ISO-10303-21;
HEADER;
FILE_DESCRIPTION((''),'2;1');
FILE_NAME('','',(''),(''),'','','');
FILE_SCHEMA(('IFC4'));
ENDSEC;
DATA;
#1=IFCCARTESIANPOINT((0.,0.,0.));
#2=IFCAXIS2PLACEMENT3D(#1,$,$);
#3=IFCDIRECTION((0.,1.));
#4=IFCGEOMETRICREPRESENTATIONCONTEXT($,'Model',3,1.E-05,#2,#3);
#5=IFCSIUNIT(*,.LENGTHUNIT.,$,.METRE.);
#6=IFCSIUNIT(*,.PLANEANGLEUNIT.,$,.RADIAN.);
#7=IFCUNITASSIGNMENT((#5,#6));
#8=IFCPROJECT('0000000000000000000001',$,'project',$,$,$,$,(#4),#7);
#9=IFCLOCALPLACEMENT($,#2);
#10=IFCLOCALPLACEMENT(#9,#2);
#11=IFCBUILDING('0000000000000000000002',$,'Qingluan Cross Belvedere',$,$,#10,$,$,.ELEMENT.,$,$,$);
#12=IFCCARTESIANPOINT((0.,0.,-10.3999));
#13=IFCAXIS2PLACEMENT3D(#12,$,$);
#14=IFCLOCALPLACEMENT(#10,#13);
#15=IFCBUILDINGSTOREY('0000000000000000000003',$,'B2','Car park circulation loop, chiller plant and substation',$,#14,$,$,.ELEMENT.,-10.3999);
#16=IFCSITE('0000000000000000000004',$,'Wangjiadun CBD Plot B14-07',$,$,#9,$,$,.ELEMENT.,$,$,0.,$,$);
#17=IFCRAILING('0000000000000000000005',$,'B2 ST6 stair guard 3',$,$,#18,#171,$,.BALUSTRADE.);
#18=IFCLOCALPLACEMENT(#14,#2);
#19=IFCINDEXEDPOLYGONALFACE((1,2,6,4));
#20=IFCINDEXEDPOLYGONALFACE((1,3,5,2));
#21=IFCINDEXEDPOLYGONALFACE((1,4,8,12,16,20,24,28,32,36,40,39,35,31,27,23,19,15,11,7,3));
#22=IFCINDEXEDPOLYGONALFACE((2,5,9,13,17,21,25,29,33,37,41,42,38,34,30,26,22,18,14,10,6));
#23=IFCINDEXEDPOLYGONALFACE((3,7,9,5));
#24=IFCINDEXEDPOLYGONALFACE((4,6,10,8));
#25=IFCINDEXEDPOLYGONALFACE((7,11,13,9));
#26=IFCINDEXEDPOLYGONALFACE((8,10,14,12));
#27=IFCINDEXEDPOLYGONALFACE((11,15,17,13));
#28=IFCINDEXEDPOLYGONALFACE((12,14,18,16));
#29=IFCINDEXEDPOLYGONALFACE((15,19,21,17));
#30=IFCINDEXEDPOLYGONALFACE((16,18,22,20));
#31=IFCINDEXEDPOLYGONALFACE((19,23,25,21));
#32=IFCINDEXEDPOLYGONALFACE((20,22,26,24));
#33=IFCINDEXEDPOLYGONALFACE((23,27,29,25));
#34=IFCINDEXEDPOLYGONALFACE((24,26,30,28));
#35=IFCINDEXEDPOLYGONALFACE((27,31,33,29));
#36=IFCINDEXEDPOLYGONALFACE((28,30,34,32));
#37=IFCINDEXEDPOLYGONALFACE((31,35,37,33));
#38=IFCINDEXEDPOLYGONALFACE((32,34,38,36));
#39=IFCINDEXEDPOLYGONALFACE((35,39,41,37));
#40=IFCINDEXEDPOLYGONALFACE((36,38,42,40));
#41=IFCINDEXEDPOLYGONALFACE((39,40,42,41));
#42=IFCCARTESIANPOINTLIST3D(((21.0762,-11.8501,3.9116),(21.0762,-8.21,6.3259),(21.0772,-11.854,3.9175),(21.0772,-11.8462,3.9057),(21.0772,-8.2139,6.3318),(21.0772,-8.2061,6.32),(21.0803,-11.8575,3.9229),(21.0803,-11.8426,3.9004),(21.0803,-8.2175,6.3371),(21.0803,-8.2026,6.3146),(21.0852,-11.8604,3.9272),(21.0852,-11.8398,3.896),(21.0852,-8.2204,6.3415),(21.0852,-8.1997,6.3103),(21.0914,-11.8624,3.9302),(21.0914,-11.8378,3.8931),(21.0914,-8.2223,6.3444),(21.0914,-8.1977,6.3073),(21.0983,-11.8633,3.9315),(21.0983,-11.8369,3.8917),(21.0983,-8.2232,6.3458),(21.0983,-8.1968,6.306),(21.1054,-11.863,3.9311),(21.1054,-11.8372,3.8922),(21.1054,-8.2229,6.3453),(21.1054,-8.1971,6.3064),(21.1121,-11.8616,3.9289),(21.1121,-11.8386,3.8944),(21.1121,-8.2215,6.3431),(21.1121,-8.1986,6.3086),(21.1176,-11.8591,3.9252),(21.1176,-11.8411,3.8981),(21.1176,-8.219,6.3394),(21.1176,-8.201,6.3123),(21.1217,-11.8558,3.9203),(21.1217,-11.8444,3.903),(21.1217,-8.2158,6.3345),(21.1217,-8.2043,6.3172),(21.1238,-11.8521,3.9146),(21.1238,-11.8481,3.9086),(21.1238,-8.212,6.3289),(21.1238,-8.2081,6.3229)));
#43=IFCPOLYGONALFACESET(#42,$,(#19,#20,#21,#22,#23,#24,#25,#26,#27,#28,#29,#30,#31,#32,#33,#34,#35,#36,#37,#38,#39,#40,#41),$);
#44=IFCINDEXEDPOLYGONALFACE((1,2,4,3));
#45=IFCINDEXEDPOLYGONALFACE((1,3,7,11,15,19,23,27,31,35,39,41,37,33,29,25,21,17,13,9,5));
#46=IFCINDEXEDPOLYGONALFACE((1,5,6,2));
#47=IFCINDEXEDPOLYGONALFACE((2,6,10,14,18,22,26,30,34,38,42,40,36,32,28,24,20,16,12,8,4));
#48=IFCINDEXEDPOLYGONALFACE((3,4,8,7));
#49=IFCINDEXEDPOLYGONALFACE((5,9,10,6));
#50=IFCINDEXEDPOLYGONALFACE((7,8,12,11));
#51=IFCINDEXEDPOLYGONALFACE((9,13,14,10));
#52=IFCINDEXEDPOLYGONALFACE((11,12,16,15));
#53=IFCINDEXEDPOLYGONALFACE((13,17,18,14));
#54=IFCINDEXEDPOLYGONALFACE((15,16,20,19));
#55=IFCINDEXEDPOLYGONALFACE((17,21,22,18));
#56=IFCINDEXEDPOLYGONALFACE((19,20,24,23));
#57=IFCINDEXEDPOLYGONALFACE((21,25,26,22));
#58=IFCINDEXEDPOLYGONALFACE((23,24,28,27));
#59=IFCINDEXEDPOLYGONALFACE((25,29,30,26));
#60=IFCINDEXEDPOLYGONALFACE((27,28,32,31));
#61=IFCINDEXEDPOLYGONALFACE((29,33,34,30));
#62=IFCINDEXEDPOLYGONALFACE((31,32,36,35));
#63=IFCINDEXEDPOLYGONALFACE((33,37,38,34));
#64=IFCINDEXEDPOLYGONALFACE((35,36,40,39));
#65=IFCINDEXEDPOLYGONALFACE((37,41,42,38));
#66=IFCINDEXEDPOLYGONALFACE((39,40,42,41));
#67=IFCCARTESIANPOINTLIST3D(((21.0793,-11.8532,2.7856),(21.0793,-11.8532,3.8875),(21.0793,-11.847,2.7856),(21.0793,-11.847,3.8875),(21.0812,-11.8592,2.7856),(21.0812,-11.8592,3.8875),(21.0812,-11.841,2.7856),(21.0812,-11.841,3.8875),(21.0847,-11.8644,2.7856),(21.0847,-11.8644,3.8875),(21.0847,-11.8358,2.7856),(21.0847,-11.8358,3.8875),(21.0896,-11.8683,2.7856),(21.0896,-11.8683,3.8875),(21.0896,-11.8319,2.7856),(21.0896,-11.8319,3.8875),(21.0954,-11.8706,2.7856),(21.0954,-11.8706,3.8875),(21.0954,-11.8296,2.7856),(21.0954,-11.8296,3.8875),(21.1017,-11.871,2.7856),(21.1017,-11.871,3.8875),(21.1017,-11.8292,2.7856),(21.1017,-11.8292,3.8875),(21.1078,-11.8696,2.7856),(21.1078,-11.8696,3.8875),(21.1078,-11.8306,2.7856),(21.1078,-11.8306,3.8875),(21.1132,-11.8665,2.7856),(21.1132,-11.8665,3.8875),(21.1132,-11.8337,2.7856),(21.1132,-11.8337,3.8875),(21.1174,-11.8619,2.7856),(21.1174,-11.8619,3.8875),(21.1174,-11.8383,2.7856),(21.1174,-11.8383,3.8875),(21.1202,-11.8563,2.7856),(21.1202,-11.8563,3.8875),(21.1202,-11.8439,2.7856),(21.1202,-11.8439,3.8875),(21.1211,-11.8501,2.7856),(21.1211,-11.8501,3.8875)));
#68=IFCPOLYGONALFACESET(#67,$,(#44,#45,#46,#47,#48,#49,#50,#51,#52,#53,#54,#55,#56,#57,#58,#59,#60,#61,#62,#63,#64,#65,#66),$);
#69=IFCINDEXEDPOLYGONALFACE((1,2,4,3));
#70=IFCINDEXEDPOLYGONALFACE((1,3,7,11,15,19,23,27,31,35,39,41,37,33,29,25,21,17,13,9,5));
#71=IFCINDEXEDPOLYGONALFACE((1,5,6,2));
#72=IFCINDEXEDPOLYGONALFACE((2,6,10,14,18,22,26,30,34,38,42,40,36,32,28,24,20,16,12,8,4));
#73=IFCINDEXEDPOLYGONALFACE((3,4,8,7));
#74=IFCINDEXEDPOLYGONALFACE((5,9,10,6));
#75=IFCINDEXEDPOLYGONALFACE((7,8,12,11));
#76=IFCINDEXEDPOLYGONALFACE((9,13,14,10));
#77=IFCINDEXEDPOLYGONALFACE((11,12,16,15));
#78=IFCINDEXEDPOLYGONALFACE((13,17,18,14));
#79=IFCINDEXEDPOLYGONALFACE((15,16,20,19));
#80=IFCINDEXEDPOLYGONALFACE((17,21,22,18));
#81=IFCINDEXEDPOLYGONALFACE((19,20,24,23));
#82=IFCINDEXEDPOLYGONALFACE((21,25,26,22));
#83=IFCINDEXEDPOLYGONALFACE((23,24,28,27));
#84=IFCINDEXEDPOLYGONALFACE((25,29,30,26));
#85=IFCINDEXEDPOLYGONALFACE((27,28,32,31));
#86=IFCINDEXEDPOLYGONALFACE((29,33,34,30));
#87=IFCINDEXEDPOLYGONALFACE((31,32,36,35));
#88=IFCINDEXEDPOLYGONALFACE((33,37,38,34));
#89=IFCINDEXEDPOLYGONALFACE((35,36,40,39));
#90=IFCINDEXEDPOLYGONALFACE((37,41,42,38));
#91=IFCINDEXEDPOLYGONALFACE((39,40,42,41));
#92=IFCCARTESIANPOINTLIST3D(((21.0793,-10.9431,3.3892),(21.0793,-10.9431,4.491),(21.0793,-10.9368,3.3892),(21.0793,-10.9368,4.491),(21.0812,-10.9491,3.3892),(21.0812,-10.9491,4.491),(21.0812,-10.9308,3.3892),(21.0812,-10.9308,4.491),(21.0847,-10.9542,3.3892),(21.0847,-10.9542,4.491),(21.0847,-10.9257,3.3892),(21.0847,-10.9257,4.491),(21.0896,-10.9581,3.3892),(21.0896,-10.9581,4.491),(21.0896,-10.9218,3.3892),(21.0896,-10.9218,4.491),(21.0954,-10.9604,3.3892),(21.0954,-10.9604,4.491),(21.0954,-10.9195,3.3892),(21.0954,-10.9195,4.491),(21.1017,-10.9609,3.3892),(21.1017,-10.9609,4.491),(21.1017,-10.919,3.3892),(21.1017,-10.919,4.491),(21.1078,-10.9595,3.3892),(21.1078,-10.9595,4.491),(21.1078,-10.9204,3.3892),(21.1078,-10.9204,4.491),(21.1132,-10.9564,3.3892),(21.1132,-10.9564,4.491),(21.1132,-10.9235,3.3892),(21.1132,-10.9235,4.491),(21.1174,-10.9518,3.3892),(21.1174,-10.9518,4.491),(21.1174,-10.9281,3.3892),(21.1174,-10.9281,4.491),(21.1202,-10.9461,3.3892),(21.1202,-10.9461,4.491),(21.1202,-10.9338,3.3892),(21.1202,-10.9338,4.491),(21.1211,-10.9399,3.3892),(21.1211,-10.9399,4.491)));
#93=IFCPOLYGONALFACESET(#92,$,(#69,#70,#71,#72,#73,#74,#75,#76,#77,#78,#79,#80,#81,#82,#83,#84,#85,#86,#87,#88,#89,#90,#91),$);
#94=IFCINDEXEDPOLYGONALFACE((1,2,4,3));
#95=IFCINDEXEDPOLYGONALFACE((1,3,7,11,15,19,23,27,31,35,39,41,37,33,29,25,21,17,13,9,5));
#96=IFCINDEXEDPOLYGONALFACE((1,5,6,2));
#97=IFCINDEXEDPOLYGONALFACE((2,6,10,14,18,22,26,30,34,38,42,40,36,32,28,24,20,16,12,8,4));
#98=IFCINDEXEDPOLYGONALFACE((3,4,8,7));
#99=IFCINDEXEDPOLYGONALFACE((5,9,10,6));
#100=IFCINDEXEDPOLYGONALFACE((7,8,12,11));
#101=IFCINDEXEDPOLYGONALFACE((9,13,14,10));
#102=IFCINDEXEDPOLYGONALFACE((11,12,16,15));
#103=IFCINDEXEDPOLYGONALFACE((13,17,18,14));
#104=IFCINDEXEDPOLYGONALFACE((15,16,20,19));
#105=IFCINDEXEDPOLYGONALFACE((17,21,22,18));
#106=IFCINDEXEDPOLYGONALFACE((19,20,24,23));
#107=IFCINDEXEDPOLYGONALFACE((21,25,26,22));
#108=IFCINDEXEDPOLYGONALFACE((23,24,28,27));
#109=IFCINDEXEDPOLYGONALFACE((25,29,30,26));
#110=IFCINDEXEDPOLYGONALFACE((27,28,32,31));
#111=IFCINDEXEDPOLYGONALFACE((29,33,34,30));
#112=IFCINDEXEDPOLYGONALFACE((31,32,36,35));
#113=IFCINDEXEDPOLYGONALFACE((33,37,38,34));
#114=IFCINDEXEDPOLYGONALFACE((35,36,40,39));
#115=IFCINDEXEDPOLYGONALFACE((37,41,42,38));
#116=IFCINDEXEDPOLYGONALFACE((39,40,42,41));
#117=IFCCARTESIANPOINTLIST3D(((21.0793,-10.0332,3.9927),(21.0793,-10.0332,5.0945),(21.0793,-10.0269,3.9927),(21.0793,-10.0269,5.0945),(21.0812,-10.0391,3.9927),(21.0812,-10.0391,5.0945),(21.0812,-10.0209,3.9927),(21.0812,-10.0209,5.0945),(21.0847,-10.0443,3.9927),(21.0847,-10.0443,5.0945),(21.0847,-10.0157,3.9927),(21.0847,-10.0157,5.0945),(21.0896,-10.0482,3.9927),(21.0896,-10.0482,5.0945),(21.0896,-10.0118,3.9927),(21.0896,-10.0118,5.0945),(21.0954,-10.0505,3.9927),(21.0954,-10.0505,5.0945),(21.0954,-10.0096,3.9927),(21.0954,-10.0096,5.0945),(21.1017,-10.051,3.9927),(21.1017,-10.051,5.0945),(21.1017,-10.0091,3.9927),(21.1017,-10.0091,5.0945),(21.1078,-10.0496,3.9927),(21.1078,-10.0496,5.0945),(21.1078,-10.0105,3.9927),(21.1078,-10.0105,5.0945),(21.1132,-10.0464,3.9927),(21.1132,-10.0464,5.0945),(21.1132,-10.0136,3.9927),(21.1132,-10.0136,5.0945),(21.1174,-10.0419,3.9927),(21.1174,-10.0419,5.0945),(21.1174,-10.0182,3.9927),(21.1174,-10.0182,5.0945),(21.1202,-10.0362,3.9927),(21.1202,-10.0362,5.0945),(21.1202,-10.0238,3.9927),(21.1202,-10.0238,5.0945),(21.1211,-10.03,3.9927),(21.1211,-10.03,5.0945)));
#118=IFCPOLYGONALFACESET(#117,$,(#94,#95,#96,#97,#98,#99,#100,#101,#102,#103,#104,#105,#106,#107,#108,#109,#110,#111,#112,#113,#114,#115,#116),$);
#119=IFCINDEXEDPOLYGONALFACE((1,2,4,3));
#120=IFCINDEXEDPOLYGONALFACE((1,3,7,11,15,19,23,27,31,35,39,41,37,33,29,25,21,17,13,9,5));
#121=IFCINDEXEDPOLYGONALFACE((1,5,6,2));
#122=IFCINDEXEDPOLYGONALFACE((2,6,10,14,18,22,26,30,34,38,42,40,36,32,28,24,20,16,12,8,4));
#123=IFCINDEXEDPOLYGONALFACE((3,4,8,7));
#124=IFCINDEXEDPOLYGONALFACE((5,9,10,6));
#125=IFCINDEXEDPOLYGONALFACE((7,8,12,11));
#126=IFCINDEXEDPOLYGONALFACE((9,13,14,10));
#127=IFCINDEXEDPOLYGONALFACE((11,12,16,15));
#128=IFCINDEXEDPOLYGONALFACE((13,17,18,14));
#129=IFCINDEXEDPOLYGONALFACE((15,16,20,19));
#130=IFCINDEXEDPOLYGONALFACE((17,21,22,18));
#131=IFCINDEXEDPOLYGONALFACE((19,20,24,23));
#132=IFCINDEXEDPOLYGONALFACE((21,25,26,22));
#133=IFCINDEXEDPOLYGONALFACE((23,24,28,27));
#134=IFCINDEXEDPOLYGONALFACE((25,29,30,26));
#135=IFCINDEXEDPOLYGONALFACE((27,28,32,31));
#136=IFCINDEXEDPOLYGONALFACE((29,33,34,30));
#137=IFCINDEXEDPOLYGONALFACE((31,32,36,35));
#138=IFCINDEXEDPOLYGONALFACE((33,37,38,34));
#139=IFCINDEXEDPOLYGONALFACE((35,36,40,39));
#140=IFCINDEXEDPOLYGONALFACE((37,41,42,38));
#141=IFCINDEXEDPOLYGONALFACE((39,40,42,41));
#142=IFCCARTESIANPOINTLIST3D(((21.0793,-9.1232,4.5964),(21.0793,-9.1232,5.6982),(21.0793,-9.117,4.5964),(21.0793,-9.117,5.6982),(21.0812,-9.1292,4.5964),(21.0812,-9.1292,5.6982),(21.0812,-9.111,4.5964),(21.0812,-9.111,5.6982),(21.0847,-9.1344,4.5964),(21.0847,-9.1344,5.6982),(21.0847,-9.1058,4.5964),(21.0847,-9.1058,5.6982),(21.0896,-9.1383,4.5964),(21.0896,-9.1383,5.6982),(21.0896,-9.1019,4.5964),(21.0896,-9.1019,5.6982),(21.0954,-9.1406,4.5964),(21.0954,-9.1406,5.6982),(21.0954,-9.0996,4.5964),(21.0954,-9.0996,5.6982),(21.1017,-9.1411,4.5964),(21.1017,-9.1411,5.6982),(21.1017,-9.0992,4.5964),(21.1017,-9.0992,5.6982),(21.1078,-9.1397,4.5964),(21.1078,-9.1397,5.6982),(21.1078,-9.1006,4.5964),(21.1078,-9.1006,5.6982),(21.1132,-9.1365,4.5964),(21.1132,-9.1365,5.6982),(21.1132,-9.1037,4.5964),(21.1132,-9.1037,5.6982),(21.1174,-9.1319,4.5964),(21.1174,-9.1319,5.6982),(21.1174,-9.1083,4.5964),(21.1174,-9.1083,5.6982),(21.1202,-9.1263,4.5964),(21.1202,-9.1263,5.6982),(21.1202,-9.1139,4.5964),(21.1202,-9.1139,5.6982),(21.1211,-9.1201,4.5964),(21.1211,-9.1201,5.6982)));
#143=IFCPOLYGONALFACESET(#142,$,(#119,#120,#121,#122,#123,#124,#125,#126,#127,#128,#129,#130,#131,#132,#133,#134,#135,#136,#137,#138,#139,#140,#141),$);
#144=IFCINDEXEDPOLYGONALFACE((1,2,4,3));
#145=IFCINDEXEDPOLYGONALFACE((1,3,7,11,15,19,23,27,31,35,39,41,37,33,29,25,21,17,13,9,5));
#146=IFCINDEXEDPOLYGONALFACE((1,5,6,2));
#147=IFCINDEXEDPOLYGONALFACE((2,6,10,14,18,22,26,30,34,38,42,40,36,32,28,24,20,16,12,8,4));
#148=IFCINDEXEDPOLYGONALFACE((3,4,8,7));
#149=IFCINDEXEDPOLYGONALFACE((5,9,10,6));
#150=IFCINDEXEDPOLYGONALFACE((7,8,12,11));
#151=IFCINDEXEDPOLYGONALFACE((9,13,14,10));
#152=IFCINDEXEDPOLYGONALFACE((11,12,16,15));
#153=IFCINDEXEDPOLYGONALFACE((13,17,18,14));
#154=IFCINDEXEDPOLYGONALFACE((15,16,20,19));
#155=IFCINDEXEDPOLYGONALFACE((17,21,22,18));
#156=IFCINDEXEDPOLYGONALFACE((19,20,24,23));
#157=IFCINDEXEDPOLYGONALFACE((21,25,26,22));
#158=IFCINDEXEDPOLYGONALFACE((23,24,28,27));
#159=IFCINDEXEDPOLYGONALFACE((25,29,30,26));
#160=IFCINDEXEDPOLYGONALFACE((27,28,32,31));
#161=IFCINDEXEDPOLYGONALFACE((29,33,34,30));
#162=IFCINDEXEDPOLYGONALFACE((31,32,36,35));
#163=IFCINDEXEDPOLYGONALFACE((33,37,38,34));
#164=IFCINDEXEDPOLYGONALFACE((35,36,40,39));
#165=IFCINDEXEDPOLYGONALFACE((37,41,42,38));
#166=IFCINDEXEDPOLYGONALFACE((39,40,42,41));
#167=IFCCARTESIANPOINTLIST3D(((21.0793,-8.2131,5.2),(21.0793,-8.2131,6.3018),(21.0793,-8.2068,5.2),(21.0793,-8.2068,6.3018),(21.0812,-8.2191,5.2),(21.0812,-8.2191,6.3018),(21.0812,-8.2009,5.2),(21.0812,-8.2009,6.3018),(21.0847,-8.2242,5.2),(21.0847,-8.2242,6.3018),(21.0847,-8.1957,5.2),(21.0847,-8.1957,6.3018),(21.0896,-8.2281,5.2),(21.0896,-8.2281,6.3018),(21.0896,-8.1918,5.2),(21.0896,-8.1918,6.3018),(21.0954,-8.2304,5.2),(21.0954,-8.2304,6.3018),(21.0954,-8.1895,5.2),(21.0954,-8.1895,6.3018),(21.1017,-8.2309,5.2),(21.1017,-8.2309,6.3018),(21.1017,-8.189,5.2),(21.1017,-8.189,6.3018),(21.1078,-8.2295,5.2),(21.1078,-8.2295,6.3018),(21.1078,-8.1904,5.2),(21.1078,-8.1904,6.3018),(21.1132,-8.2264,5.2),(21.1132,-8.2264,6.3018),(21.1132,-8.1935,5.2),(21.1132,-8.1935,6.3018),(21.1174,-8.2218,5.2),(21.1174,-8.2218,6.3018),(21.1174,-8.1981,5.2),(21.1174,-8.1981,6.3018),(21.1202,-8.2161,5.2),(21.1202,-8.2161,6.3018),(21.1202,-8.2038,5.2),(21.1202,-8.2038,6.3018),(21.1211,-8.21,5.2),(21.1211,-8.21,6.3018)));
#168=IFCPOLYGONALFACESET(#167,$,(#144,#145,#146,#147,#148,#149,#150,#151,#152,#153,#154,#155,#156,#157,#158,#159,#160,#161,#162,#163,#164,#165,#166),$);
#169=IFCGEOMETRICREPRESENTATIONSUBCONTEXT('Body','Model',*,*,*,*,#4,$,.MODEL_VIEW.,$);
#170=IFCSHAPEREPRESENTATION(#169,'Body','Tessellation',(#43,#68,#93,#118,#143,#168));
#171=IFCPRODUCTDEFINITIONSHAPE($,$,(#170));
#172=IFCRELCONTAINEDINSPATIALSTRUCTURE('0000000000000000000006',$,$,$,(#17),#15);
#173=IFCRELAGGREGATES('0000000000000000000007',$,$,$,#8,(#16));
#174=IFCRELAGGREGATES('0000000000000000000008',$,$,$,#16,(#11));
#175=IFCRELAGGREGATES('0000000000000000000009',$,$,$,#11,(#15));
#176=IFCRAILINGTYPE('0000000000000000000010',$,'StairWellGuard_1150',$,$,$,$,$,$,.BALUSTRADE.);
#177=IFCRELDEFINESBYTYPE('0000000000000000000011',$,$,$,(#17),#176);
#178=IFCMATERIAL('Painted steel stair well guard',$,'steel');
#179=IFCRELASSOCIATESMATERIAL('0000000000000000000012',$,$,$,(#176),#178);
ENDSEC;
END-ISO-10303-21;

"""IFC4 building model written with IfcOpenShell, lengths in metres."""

from ifc_helpers import new_model, si_unit, direction, frame, origin, origin_2d, place, context, subcontext, project, spatial, circle, extrude, material, type_object, element, save


model = new_model("IFC4")

# Units and contexts
model_context = context("Model", 3, precision=1e-05, world=origin(), true_north=direction((0.0, 1.0)))
body_context = subcontext(model_context, "Body", "Model", "MODEL_VIEW")
ifc_project = project(units=[si_unit("LENGTHUNIT", "METRE"), si_unit("PLANEANGLEUNIT", "RADIAN")], contexts=[model_context])

# Site, building, storey
site_placement = place(None, origin())
site = spatial("IfcSite", under=ifc_project, at=site_placement, Name="Wangjiadun CBD Plot B14-07", CompositionType="ELEMENT", RefElevation=0.0)
building_placement = place(site_placement, origin())
building = spatial("IfcBuilding", under=site, at=building_placement, Name="Qingluan Cross Belvedere", CompositionType="ELEMENT")
storey_placement = place(building_placement, frame((0.0, 0.0, -10.3999)))
storey = spatial("IfcBuildingStorey", under=building, at=storey_placement, Name="B2", Description="Car park circulation loop, chiller plant and substation", CompositionType="ELEMENT", Elevation=-10.3999)

# Railing
ifc_material_1 = material(Name="Painted steel stair well guard", Category="steel")
railing_type_1 = type_object("IfcRailingType", Name="StairWellGuard_1150", PredefinedType="BALUSTRADE", material=ifc_material_1)
railing_1_placement = place(storey_placement, frame((21.1001, -11.8501, 2.7856)))
element("IfcRailing", 1, at=railing_1_placement, inside=storey, type_object=railing_type_1, Name="B2 ST6 stair guard 3", PredefinedType="BALUSTRADE", context=body_context, shape_type="SweptSolid", body=[
    extrude(circle(Radius=0.0239, at=origin_2d()), frame((0.0, 0.0, 1.126), z_axis=(0.0, 0.833364, 0.552725), x_axis=(-1.0, 0.0, 0.0)), (0.0, 0.0, 1.0), 4.3679),
    extrude(circle(Radius=0.021, at=origin_2d()), origin(), (0.0, 0.0, 1.0), 1.1018),
    extrude(circle(Radius=0.021, at=origin_2d()), frame((0.0, 0.9102, 0.6035)), (0.0, 0.0, 1.0), 1.1018),
    extrude(circle(Radius=0.021, at=origin_2d()), frame((0.0, 1.8201, 1.207)), (0.0, 0.0, 1.0), 1.1018),
    extrude(circle(Radius=0.021, at=origin_2d()), frame((0.0, 2.73, 1.8108)), (0.0, 0.0, 1.0), 1.1018),
    extrude(circle(Radius=0.021, at=origin_2d()), frame((0.0, 3.6401, 2.4143)), (0.0, 0.0, 1.0), 1.1018),
])

save(model, "model.ifc")
